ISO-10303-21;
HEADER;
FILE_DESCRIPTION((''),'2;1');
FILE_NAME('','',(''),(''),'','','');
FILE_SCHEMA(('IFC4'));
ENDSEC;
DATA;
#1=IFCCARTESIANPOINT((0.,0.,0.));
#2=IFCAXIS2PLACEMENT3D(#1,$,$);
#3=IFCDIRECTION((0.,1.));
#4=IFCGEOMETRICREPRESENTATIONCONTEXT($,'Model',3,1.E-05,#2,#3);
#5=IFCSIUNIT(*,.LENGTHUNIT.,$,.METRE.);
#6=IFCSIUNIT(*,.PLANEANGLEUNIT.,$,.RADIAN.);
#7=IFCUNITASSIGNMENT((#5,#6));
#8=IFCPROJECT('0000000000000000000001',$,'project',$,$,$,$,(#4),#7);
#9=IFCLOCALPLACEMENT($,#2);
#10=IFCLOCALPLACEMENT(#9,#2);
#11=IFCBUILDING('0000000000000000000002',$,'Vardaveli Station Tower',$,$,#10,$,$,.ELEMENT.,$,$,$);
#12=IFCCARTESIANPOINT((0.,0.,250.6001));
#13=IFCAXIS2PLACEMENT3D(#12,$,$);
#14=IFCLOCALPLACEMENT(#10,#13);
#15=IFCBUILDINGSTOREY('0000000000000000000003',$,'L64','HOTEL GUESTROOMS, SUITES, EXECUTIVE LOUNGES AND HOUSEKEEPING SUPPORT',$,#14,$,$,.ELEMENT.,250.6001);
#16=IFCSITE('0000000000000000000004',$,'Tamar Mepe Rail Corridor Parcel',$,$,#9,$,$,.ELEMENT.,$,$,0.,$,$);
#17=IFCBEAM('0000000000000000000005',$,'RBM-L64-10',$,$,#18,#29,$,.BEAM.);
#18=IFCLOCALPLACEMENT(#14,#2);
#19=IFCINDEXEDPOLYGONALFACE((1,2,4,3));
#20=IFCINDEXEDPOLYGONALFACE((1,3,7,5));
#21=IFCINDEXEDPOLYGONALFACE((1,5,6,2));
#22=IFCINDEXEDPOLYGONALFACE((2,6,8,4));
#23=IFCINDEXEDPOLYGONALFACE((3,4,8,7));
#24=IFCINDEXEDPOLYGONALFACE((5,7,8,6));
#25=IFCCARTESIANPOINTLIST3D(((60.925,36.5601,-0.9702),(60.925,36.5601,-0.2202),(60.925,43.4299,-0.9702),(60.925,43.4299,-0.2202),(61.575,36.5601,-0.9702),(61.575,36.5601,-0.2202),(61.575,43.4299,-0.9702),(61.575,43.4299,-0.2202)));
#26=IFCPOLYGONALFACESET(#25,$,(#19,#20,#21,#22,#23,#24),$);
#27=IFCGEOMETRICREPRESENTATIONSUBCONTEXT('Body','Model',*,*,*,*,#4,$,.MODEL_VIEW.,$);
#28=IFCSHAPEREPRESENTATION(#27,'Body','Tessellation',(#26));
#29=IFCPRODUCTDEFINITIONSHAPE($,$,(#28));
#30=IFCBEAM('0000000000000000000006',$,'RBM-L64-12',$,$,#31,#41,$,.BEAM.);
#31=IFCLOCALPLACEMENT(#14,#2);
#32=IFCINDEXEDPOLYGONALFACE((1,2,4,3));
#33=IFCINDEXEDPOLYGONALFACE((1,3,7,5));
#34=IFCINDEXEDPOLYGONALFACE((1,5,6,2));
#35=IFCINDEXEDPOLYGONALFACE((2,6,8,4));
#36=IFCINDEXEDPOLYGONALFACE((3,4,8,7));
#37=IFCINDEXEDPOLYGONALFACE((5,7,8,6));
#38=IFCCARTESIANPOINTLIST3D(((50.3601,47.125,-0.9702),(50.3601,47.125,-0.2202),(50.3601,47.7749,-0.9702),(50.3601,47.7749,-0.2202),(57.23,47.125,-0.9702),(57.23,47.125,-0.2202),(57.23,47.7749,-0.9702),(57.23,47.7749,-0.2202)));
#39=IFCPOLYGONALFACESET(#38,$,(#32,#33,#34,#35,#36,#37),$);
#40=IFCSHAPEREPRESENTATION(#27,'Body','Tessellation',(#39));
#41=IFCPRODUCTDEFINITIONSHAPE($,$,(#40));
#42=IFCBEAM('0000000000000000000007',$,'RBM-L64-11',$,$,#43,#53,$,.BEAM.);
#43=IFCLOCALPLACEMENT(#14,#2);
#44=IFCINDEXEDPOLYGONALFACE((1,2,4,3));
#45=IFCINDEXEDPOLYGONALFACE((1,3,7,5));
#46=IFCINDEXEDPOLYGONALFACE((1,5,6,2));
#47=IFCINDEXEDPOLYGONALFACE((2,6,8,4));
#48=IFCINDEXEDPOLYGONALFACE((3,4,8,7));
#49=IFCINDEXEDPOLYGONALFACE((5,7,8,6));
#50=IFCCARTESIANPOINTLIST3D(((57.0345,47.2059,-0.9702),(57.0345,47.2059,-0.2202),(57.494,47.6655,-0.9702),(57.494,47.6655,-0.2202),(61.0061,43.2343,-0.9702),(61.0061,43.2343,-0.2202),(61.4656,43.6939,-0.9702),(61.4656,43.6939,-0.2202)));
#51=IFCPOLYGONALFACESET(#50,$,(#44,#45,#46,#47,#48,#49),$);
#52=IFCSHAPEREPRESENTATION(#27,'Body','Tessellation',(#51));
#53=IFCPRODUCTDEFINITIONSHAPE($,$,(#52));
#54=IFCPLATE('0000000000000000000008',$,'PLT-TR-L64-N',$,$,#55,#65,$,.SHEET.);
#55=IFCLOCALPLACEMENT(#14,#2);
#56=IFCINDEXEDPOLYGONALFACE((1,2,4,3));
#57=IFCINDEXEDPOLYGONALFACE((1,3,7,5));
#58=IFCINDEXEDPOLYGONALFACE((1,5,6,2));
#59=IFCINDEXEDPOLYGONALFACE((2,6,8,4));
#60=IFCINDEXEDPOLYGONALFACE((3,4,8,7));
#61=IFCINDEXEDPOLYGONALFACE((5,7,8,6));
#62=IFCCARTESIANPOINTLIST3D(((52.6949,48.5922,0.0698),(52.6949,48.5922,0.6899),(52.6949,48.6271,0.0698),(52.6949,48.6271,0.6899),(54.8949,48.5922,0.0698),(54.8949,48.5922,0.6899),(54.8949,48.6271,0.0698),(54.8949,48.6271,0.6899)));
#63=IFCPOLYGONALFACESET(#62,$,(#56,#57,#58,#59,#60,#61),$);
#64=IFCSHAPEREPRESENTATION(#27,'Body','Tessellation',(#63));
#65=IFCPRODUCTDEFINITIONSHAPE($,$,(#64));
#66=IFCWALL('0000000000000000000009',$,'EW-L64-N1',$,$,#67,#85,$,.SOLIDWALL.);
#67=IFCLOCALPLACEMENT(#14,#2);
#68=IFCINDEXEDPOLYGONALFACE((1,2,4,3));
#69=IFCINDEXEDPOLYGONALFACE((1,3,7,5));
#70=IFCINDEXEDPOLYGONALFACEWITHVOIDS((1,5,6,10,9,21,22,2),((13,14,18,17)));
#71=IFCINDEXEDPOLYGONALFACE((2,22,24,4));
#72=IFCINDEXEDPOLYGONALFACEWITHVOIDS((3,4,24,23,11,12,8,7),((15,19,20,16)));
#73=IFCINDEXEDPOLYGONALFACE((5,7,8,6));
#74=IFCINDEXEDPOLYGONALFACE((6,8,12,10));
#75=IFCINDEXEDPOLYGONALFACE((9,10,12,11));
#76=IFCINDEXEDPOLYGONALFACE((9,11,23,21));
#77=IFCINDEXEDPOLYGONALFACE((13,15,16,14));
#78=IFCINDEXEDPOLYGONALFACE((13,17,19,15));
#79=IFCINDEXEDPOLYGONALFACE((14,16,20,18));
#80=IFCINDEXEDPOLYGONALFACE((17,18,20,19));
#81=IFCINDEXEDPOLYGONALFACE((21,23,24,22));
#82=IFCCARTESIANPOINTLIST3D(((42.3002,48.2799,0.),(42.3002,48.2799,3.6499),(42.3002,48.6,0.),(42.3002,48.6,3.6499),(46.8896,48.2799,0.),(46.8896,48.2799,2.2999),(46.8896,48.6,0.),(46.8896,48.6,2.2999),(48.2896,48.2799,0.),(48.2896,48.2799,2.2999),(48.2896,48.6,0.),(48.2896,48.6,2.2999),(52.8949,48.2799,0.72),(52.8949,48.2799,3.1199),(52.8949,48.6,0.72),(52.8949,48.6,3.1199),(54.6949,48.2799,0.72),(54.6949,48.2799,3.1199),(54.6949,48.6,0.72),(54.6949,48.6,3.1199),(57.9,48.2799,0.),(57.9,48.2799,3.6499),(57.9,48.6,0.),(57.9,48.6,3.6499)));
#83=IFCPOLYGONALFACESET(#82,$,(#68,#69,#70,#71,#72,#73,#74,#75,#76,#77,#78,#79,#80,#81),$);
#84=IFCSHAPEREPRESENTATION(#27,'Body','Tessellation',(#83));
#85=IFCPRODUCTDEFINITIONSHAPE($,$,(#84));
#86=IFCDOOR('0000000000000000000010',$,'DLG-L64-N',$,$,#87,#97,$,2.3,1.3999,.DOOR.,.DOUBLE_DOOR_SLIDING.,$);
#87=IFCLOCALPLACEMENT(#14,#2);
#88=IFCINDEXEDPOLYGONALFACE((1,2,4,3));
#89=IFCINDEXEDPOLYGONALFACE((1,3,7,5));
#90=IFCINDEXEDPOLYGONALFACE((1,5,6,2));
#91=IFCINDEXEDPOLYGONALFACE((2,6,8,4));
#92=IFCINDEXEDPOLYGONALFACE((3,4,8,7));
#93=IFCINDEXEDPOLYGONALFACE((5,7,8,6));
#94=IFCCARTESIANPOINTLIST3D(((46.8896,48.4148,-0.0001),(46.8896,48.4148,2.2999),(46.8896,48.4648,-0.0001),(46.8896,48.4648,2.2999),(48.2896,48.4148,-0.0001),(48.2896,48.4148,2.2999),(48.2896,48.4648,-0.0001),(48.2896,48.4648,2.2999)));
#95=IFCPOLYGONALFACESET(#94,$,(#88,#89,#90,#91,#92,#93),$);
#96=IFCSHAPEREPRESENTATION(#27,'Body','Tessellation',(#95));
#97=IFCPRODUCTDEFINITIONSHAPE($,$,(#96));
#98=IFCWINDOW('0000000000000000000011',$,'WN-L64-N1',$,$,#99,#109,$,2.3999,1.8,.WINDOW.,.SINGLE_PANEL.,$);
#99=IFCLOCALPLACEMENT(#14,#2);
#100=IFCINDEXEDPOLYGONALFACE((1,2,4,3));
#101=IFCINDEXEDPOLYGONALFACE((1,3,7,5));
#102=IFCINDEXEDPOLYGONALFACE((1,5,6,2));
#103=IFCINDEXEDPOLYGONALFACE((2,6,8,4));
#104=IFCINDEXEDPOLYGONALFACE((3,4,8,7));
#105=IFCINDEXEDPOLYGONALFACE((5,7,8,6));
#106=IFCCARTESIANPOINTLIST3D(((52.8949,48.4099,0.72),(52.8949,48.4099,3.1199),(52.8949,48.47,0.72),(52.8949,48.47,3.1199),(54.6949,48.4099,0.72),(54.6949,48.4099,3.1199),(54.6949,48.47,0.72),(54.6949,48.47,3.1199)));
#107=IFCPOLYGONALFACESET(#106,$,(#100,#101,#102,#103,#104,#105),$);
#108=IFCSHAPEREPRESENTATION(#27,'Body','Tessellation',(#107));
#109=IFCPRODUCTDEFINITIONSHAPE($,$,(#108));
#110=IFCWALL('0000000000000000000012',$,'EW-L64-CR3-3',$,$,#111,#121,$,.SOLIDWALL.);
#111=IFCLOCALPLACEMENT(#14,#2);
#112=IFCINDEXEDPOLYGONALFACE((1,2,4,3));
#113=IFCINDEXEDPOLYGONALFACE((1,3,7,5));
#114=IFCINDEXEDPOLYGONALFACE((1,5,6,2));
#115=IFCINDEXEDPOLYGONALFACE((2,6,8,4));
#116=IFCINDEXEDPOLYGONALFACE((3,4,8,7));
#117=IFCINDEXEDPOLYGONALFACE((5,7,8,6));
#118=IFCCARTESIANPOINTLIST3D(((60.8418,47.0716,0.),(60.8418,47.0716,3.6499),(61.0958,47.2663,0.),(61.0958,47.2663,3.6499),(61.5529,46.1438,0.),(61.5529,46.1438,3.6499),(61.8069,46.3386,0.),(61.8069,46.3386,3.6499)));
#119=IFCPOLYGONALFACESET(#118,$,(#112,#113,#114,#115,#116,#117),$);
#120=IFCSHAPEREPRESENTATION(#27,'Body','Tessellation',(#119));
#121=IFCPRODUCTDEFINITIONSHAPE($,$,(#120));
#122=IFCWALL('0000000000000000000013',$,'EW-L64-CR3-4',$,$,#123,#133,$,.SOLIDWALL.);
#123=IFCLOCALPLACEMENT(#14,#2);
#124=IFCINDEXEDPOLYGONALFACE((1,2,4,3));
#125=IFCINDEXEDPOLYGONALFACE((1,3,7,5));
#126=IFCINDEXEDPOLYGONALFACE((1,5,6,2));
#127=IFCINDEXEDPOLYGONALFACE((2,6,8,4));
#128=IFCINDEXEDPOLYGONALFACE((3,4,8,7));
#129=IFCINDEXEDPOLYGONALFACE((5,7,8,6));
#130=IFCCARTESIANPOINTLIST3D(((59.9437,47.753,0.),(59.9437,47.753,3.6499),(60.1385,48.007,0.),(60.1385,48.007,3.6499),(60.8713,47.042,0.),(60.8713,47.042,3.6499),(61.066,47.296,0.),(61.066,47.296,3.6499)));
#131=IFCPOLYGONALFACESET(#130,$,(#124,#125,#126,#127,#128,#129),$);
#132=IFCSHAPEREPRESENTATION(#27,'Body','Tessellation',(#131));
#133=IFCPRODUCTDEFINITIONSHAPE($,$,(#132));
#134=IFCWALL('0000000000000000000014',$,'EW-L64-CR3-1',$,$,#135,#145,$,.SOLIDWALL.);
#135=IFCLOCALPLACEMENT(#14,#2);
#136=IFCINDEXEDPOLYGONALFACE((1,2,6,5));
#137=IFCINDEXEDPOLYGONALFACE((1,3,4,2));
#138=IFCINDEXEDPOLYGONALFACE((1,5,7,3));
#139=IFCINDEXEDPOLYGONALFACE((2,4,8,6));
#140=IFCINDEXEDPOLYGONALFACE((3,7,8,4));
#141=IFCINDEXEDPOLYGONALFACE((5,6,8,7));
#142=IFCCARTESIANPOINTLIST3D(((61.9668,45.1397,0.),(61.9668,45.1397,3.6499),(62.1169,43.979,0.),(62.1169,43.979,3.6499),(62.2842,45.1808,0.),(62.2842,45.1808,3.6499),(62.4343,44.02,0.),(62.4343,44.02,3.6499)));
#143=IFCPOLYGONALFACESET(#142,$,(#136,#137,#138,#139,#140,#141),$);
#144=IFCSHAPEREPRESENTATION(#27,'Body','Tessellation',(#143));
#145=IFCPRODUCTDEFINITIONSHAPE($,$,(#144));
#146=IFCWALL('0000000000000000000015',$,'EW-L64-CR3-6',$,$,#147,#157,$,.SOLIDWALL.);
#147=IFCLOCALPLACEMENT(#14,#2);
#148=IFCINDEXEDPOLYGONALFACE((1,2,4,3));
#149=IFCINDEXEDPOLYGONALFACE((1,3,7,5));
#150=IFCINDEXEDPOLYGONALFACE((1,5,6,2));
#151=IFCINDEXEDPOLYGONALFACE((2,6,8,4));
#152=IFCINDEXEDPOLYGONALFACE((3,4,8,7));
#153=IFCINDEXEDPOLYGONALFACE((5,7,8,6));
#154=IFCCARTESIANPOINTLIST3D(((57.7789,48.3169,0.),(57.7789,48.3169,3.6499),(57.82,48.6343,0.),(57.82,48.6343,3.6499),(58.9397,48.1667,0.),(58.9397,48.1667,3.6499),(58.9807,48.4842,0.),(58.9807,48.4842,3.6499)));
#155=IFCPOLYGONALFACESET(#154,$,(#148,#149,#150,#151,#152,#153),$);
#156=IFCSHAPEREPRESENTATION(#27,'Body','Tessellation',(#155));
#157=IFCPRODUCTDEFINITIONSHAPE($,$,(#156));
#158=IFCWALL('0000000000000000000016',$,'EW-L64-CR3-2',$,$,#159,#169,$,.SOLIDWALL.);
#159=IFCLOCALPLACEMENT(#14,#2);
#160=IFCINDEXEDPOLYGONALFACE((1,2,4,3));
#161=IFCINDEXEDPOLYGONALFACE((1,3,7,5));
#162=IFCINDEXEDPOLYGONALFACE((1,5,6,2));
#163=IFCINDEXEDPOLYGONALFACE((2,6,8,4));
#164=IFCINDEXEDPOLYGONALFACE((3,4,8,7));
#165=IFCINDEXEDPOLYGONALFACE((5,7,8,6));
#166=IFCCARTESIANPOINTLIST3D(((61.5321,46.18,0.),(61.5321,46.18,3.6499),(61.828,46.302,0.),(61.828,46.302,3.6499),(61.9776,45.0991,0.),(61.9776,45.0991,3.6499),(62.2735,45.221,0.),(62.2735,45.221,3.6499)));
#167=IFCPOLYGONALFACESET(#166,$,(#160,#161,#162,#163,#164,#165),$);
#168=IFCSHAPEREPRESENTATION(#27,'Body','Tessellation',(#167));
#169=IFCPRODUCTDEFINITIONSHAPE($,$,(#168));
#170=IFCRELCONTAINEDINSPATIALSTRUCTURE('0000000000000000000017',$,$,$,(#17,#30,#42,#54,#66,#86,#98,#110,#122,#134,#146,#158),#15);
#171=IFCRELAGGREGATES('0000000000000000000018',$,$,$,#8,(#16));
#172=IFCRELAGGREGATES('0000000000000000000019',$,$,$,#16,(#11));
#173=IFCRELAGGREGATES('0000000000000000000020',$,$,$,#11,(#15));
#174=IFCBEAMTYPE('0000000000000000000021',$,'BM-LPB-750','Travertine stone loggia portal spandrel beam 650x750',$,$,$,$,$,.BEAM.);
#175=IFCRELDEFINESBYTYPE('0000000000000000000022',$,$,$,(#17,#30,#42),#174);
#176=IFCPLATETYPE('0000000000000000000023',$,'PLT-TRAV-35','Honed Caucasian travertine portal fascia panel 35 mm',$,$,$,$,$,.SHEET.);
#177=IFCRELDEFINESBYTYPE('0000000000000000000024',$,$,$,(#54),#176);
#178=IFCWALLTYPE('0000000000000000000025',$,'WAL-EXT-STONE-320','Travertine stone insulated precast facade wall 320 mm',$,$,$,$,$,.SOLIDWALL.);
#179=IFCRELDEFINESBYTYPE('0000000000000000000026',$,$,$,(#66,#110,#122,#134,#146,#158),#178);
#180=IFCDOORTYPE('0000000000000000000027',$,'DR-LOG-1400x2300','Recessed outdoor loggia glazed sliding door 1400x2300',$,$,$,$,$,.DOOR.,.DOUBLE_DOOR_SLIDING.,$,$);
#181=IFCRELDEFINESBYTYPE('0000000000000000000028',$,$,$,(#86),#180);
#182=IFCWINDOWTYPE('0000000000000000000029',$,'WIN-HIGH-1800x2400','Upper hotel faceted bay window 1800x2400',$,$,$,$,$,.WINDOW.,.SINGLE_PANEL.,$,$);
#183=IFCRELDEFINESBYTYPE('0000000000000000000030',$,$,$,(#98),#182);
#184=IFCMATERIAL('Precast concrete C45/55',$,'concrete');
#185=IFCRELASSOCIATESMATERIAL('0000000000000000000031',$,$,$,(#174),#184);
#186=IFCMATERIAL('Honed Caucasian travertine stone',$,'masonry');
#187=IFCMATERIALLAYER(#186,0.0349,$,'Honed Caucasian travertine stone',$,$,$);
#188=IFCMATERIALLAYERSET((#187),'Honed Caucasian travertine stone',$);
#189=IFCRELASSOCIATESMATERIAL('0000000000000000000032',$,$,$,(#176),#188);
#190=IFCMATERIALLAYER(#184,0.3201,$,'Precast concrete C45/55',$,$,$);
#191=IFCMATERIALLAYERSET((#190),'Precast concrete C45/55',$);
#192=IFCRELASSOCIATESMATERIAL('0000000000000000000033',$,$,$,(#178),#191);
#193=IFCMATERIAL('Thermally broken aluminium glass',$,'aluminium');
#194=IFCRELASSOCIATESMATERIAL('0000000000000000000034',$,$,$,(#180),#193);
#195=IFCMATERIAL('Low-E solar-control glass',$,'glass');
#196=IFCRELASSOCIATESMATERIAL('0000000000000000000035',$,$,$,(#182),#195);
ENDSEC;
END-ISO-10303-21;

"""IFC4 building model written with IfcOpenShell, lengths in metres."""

from ifc_helpers import new_model, si_unit, direction, frame, frame_2d, origin, origin_2d, place, context, subcontext, project, spatial, rectangle, extrude, source, transform, mapped, material, layer, layer_set, material_profile, profile_set, type_object, element, fill, save


model = new_model("IFC4")

# Units and contexts
model_context = context("Model", 3, precision=1e-05, world=origin(), true_north=direction((0.0, 1.0)))
body_context = subcontext(model_context, "Body", "Model", "MODEL_VIEW")
ifc_project = project(units=[si_unit("LENGTHUNIT", "METRE"), si_unit("PLANEANGLEUNIT", "RADIAN")], contexts=[model_context])

# Site, building, storey
site_placement = place(None, origin())
site = spatial("IfcSite", under=ifc_project, at=site_placement, Name="Tamar Mepe Rail Corridor Parcel", CompositionType="ELEMENT", RefElevation=0.0)
building_placement = place(site_placement, origin())
building = spatial("IfcBuilding", under=site, at=building_placement, Name="Vardaveli Station Tower", CompositionType="ELEMENT")
storey_placement = place(building_placement, frame((0.0, 0.0, 250.6001)))
storey = spatial("IfcBuildingStorey", under=building, at=storey_placement, Name="L64", Description="HOTEL GUESTROOMS, SUITES, EXECUTIVE LOUNGES AND HOUSEKEEPING SUPPORT", CompositionType="ELEMENT", Elevation=250.6001)

# Beams
ifc_material_1 = material(Name="Precast concrete C45/55", Category="concrete")
ifc_material_profile_1 = material_profile(ifc_material_1, rectangle(XDim=0.6499, YDim=0.75, at=origin_2d()), Name="LPB 650x750")
ifc_profile_set_1 = profile_set([ifc_material_profile_1], Name="Precast concrete C45/55")
beam_type = type_object("IfcBeamType", Name="BM-LPB-750", Description="Travertine stone loggia portal spandrel beam 650x750", PredefinedType="BEAM", material=ifc_profile_set_1)
shared_shape_1 = source(origin(), body_context, "Body", "SweptSolid", [
    extrude(rectangle(XDim=0.6499, YDim=0.75, at=origin_2d()), origin(), (0.0, 0.0, 1.0), 6.8699),
])
for number, where, z_axis, x_axis, name in (
    (1, (61.25, 36.5601, -0.5952), (0.0, 1.0, 0.0), (-1.0, 0.0, 0.0), "RBM-L64-10"),
    (2, (57.23, 47.45, -0.5952), (-1.0, 0.0, 0.0), (0.0, -1.0, 0.0), "RBM-L64-12"),
):
    element("IfcBeam", number, at=place(storey_placement, frame(where, z_axis=z_axis, x_axis=x_axis)), inside=storey, type_object=beam_type, Name=name, PredefinedType="BEAM", context=body_context, shape_type="MappedRepresentation", body=[
        mapped(shared_shape_1, transform((0.0, 0.0, 0.0), scale=1.0)),
    ])
shared_shape_2 = source(origin(), body_context, "Body", "SweptSolid", [
    extrude(rectangle(XDim=0.6499, YDim=0.75, at=origin_2d()), origin(), (0.0, 0.0, 1.0), 5.6167),
])
beam_1_placement = place(storey_placement, frame((61.2358, 43.4641, -0.5952), z_axis=(-0.707107, 0.707107, 0.0), x_axis=(-0.707107, -0.707107, 0.0)))
element("IfcBeam", 3, at=beam_1_placement, inside=storey, type_object=beam_type, Name="RBM-L64-11", PredefinedType="BEAM", context=body_context, shape_type="MappedRepresentation", body=[
    mapped(shared_shape_2, transform((0.0, 0.0, 0.0), scale=1.0)),
])

# Plate
ifc_material_2 = material(Name="Honed Caucasian travertine stone", Category="masonry")
ifc_layer_1 = layer(ifc_material_2, 0.0349, Name="Honed Caucasian travertine stone")
ifc_layer_set_1 = layer_set([ifc_layer_1], Name="Honed Caucasian travertine stone")
plate_type = type_object("IfcPlateType", Name="PLT-TRAV-35", Description="Honed Caucasian travertine portal fascia panel 35 mm", PredefinedType="SHEET", material=ifc_layer_set_1)
shared_shape_3 = source(origin(), body_context, "Body", "SweptSolid", [
    extrude(rectangle(XDim=2.2, YDim=0.0349, at=origin_2d()), origin(), (0.0, 0.0, 1.0), 0.6201),
])
plate_placement = place(storey_placement, frame((53.7949, 48.6096, 0.0698), z_axis=(0.0, 0.0, 1.0), x_axis=(1.0, 0.0, 0.0)))
element("IfcPlate", 4, at=plate_placement, inside=storey, type_object=plate_type, Name="PLT-TR-L64-N", PredefinedType="SHEET", context=body_context, shape_type="MappedRepresentation", body=[
    mapped(shared_shape_3, transform((0.0, 0.0, 0.0), scale=1.0)),
])

# Wall, openings, door, window
ifc_layer_2 = layer(ifc_material_1, 0.3201, Name="Precast concrete C45/55")
ifc_layer_set_2 = layer_set([ifc_layer_2], Name="Precast concrete C45/55")
wall_type_1 = type_object("IfcWallType", Name="WAL-EXT-STONE-320", Description="Travertine stone insulated precast facade wall 320 mm", PredefinedType="SOLIDWALL", material=ifc_layer_set_2)
shared_shape_4 = source(origin(), body_context, "Body", "SweptSolid", [
    extrude(rectangle(XDim=15.5999, YDim=0.3201, at=frame_2d((7.7998, 0.0))), origin(), (0.0, 0.0, 1.0), 3.6499),
])
wall_1_placement = place(storey_placement, frame((57.8999, 48.4399, 0.0), z_axis=(0.0, 0.0, 1.0), x_axis=(-1.0, 0.0, 0.0)))
wall_1 = element("IfcWall", 5, at=wall_1_placement, inside=storey, type_object=wall_type_1, Name="EW-L64-N1", PredefinedType="SOLIDWALL", context=body_context, shape_type="MappedRepresentation", body=[
    mapped(shared_shape_4, transform((0.0, 0.0, 0.0), scale=1.0)),
])
shared_shape_5 = source(origin(), body_context, "Body", "SweptSolid", [
    extrude(rectangle(XDim=1.3999, YDim=2.3, at=frame_2d((0.7, 1.1499))), frame((0.0, 0.1699, 0.0), z_axis=(0.0, -1.0, 0.0), x_axis=(1.0, 0.0, 0.0)), (0.0, 0.0, 1.0), 0.3401),
])
opening_1_placement = place(wall_1_placement, frame((9.6104, 0.0, 0.0)))
opening_1 = element("IfcOpeningElement", 6, at=opening_1_placement, cuts=wall_1, PredefinedType="OPENING", context=body_context, shape_type="MappedRepresentation", body=[
    mapped(shared_shape_5, transform((0.0, 0.0, 0.0), scale=1.0)),
])
shared_shape_6 = source(origin(), body_context, "Body", "SweptSolid", [
    extrude(rectangle(XDim=1.8, YDim=2.3999, at=frame_2d((0.8999, 1.2))), frame((0.0, 0.1699, 0.0), z_axis=(0.0, -1.0, 0.0), x_axis=(1.0, 0.0, 0.0)), (0.0, 0.0, 1.0), 0.3401),
])
opening_2_placement = place(wall_1_placement, frame((3.2051, 0.0, 0.72)))
opening_2 = element("IfcOpeningElement", 7, at=opening_2_placement, cuts=wall_1, PredefinedType="OPENING", context=body_context, shape_type="MappedRepresentation", body=[
    mapped(shared_shape_6, transform((0.0, 0.0, 0.0), scale=1.0)),
])
ifc_material_3 = material(Name="Thermally broken aluminium glass", Category="aluminium")
door_type = type_object("IfcDoorType", Name="DR-LOG-1400x2300", Description="Recessed outdoor loggia glazed sliding door 1400x2300", OperationType="DOUBLE_DOOR_SLIDING", PredefinedType="DOOR", material=ifc_material_3)
shared_shape_7 = source(origin(), body_context, "Body", "SweptSolid", [
    extrude(rectangle(XDim=1.3999, YDim=2.3, at=frame_2d((0.7, 1.1499))), frame((0.0, 0.0249, 0.0), z_axis=(0.0, -1.0, 0.0), x_axis=(1.0, 0.0, 0.0)), (0.0, 0.0, 1.0), 0.05),
])
door_placement = place(opening_1_placement, frame((1.3999, 0.0, 0.0), z_axis=(0.0, 0.0, 1.0), x_axis=(-1.0, 0.0, 0.0)))
door = element("IfcDoor", 8, at=door_placement, inside=storey, type_object=door_type, Name="DLG-L64-N", OperationType="DOUBLE_DOOR_SLIDING", OverallHeight=2.3, OverallWidth=1.3999, PredefinedType="DOOR", context=body_context, shape_type="MappedRepresentation", body=[
    mapped(shared_shape_7, transform((0.0, 0.0, 0.0), scale=1.0)),
])
fill(opening_1, door)
ifc_material_4 = material(Name="Low-E solar-control glass", Category="glass")
window_type = type_object("IfcWindowType", Name="WIN-HIGH-1800x2400", Description="Upper hotel faceted bay window 1800x2400", PartitioningType="SINGLE_PANEL", PredefinedType="WINDOW", material=ifc_material_4)
shared_shape_8 = source(origin(), body_context, "Body", "SweptSolid", [
    extrude(rectangle(XDim=1.8, YDim=2.3999, at=frame_2d((0.8999, 1.2))), frame((0.0, 0.03, 0.0), z_axis=(0.0, -1.0, 0.0), x_axis=(1.0, 0.0, 0.0)), (0.0, 0.0, 1.0), 0.0601),
])
window_placement = place(opening_2_placement, origin())
window = element("IfcWindow", 9, at=window_placement, inside=storey, type_object=window_type, Name="WN-L64-N1", OverallHeight=2.3999, OverallWidth=1.8, PartitioningType="SINGLE_PANEL", PredefinedType="WINDOW", context=body_context, shape_type="MappedRepresentation", body=[
    mapped(shared_shape_8, transform((0.0, 0.0, 0.0), scale=1.0)),
])
fill(opening_2, window)

# Walls
shared_shape_9 = source(origin(), body_context, "Body", "SweptSolid", [
    extrude(rectangle(XDim=1.1689, YDim=0.3201, at=frame_2d((0.5845, 0.0))), origin(), (0.0, 0.0, 1.0), 3.6499),
])
wall_2_placement = place(storey_placement, frame((61.6799, 46.2412, 0.0), z_axis=(0.0, 0.0, 1.0), x_axis=(-0.608388, 0.79364, 0.0)))
element("IfcWall", 10, at=wall_2_placement, inside=storey, type_object=wall_type_1, Name="EW-L64-CR3-3", PredefinedType="SOLIDWALL", context=body_context, shape_type="MappedRepresentation", body=[
    mapped(shared_shape_9, transform((0.0, 0.0, 0.0), scale=1.0)),
])
shared_shape_10 = source(origin(), body_context, "Body", "SweptSolid", [
    extrude(rectangle(XDim=1.1687, YDim=0.3201, at=frame_2d((0.5845, 0.0))), origin(), (0.0, 0.0, 1.0), 3.6499),
])
wall_3_placement = place(storey_placement, frame((60.9688, 47.1689, 0.0), z_axis=(0.0, 0.0, 1.0), x_axis=(-0.793664, 0.608357, 0.0)))
element("IfcWall", 11, at=wall_3_placement, inside=storey, type_object=wall_type_1, Name="EW-L64-CR3-4", PredefinedType="SOLIDWALL", context=body_context, shape_type="MappedRepresentation", body=[
    mapped(shared_shape_10, transform((0.0, 0.0, 0.0), scale=1.0)),
])
shared_shape_11 = source(origin(), body_context, "Body", "SweptSolid", [
    extrude(rectangle(XDim=1.1704, YDim=0.3201, at=frame_2d((0.5852, 0.0))), origin(), (0.0, 0.0, 1.0), 3.6499),
])
for number, where, z_axis, x_axis, name in (
    (12, (62.2756, 43.9995, 0.0), (0.0, 0.0, 1.0), (-0.128296, 0.991736, 0.0), "EW-L64-CR3-1"),
    (13, (58.9602, 48.3254, 0.0), (0.0, 0.0, 1.0), (-0.991736, 0.128296, 0.0), "EW-L64-CR3-6"),
):
    element("IfcWall", number, at=place(storey_placement, frame(where, z_axis=z_axis, x_axis=x_axis)), inside=storey, type_object=wall_type_1, Name=name, PredefinedType="SOLIDWALL", context=body_context, shape_type="MappedRepresentation", body=[
        mapped(shared_shape_11, transform((0.0, 0.0, 0.0), scale=1.0)),
    ])
shared_shape_12 = source(origin(), body_context, "Body", "SweptSolid", [
    extrude(rectangle(XDim=1.1692, YDim=0.3201, at=frame_2d((0.5845, 0.0))), origin(), (0.0, 0.0, 1.0), 3.6499),
])
for number, where, z_axis, x_axis, name in (
    (14, (62.1255, 45.1602, 0.0), (0.0, 0.0, 1.0), (-0.381054, 0.924553, 0.0), "EW-L64-CR3-2"),
):
    element("IfcWall", number, at=place(storey_placement, frame(where, z_axis=z_axis, x_axis=x_axis)), inside=storey, type_object=wall_type_1, Name=name, PredefinedType="SOLIDWALL", context=body_context, shape_type="MappedRepresentation", body=[
        mapped(shared_shape_12, transform((0.0, 0.0, 0.0), scale=1.0)),
    ])

save(model, "model.ifc")
